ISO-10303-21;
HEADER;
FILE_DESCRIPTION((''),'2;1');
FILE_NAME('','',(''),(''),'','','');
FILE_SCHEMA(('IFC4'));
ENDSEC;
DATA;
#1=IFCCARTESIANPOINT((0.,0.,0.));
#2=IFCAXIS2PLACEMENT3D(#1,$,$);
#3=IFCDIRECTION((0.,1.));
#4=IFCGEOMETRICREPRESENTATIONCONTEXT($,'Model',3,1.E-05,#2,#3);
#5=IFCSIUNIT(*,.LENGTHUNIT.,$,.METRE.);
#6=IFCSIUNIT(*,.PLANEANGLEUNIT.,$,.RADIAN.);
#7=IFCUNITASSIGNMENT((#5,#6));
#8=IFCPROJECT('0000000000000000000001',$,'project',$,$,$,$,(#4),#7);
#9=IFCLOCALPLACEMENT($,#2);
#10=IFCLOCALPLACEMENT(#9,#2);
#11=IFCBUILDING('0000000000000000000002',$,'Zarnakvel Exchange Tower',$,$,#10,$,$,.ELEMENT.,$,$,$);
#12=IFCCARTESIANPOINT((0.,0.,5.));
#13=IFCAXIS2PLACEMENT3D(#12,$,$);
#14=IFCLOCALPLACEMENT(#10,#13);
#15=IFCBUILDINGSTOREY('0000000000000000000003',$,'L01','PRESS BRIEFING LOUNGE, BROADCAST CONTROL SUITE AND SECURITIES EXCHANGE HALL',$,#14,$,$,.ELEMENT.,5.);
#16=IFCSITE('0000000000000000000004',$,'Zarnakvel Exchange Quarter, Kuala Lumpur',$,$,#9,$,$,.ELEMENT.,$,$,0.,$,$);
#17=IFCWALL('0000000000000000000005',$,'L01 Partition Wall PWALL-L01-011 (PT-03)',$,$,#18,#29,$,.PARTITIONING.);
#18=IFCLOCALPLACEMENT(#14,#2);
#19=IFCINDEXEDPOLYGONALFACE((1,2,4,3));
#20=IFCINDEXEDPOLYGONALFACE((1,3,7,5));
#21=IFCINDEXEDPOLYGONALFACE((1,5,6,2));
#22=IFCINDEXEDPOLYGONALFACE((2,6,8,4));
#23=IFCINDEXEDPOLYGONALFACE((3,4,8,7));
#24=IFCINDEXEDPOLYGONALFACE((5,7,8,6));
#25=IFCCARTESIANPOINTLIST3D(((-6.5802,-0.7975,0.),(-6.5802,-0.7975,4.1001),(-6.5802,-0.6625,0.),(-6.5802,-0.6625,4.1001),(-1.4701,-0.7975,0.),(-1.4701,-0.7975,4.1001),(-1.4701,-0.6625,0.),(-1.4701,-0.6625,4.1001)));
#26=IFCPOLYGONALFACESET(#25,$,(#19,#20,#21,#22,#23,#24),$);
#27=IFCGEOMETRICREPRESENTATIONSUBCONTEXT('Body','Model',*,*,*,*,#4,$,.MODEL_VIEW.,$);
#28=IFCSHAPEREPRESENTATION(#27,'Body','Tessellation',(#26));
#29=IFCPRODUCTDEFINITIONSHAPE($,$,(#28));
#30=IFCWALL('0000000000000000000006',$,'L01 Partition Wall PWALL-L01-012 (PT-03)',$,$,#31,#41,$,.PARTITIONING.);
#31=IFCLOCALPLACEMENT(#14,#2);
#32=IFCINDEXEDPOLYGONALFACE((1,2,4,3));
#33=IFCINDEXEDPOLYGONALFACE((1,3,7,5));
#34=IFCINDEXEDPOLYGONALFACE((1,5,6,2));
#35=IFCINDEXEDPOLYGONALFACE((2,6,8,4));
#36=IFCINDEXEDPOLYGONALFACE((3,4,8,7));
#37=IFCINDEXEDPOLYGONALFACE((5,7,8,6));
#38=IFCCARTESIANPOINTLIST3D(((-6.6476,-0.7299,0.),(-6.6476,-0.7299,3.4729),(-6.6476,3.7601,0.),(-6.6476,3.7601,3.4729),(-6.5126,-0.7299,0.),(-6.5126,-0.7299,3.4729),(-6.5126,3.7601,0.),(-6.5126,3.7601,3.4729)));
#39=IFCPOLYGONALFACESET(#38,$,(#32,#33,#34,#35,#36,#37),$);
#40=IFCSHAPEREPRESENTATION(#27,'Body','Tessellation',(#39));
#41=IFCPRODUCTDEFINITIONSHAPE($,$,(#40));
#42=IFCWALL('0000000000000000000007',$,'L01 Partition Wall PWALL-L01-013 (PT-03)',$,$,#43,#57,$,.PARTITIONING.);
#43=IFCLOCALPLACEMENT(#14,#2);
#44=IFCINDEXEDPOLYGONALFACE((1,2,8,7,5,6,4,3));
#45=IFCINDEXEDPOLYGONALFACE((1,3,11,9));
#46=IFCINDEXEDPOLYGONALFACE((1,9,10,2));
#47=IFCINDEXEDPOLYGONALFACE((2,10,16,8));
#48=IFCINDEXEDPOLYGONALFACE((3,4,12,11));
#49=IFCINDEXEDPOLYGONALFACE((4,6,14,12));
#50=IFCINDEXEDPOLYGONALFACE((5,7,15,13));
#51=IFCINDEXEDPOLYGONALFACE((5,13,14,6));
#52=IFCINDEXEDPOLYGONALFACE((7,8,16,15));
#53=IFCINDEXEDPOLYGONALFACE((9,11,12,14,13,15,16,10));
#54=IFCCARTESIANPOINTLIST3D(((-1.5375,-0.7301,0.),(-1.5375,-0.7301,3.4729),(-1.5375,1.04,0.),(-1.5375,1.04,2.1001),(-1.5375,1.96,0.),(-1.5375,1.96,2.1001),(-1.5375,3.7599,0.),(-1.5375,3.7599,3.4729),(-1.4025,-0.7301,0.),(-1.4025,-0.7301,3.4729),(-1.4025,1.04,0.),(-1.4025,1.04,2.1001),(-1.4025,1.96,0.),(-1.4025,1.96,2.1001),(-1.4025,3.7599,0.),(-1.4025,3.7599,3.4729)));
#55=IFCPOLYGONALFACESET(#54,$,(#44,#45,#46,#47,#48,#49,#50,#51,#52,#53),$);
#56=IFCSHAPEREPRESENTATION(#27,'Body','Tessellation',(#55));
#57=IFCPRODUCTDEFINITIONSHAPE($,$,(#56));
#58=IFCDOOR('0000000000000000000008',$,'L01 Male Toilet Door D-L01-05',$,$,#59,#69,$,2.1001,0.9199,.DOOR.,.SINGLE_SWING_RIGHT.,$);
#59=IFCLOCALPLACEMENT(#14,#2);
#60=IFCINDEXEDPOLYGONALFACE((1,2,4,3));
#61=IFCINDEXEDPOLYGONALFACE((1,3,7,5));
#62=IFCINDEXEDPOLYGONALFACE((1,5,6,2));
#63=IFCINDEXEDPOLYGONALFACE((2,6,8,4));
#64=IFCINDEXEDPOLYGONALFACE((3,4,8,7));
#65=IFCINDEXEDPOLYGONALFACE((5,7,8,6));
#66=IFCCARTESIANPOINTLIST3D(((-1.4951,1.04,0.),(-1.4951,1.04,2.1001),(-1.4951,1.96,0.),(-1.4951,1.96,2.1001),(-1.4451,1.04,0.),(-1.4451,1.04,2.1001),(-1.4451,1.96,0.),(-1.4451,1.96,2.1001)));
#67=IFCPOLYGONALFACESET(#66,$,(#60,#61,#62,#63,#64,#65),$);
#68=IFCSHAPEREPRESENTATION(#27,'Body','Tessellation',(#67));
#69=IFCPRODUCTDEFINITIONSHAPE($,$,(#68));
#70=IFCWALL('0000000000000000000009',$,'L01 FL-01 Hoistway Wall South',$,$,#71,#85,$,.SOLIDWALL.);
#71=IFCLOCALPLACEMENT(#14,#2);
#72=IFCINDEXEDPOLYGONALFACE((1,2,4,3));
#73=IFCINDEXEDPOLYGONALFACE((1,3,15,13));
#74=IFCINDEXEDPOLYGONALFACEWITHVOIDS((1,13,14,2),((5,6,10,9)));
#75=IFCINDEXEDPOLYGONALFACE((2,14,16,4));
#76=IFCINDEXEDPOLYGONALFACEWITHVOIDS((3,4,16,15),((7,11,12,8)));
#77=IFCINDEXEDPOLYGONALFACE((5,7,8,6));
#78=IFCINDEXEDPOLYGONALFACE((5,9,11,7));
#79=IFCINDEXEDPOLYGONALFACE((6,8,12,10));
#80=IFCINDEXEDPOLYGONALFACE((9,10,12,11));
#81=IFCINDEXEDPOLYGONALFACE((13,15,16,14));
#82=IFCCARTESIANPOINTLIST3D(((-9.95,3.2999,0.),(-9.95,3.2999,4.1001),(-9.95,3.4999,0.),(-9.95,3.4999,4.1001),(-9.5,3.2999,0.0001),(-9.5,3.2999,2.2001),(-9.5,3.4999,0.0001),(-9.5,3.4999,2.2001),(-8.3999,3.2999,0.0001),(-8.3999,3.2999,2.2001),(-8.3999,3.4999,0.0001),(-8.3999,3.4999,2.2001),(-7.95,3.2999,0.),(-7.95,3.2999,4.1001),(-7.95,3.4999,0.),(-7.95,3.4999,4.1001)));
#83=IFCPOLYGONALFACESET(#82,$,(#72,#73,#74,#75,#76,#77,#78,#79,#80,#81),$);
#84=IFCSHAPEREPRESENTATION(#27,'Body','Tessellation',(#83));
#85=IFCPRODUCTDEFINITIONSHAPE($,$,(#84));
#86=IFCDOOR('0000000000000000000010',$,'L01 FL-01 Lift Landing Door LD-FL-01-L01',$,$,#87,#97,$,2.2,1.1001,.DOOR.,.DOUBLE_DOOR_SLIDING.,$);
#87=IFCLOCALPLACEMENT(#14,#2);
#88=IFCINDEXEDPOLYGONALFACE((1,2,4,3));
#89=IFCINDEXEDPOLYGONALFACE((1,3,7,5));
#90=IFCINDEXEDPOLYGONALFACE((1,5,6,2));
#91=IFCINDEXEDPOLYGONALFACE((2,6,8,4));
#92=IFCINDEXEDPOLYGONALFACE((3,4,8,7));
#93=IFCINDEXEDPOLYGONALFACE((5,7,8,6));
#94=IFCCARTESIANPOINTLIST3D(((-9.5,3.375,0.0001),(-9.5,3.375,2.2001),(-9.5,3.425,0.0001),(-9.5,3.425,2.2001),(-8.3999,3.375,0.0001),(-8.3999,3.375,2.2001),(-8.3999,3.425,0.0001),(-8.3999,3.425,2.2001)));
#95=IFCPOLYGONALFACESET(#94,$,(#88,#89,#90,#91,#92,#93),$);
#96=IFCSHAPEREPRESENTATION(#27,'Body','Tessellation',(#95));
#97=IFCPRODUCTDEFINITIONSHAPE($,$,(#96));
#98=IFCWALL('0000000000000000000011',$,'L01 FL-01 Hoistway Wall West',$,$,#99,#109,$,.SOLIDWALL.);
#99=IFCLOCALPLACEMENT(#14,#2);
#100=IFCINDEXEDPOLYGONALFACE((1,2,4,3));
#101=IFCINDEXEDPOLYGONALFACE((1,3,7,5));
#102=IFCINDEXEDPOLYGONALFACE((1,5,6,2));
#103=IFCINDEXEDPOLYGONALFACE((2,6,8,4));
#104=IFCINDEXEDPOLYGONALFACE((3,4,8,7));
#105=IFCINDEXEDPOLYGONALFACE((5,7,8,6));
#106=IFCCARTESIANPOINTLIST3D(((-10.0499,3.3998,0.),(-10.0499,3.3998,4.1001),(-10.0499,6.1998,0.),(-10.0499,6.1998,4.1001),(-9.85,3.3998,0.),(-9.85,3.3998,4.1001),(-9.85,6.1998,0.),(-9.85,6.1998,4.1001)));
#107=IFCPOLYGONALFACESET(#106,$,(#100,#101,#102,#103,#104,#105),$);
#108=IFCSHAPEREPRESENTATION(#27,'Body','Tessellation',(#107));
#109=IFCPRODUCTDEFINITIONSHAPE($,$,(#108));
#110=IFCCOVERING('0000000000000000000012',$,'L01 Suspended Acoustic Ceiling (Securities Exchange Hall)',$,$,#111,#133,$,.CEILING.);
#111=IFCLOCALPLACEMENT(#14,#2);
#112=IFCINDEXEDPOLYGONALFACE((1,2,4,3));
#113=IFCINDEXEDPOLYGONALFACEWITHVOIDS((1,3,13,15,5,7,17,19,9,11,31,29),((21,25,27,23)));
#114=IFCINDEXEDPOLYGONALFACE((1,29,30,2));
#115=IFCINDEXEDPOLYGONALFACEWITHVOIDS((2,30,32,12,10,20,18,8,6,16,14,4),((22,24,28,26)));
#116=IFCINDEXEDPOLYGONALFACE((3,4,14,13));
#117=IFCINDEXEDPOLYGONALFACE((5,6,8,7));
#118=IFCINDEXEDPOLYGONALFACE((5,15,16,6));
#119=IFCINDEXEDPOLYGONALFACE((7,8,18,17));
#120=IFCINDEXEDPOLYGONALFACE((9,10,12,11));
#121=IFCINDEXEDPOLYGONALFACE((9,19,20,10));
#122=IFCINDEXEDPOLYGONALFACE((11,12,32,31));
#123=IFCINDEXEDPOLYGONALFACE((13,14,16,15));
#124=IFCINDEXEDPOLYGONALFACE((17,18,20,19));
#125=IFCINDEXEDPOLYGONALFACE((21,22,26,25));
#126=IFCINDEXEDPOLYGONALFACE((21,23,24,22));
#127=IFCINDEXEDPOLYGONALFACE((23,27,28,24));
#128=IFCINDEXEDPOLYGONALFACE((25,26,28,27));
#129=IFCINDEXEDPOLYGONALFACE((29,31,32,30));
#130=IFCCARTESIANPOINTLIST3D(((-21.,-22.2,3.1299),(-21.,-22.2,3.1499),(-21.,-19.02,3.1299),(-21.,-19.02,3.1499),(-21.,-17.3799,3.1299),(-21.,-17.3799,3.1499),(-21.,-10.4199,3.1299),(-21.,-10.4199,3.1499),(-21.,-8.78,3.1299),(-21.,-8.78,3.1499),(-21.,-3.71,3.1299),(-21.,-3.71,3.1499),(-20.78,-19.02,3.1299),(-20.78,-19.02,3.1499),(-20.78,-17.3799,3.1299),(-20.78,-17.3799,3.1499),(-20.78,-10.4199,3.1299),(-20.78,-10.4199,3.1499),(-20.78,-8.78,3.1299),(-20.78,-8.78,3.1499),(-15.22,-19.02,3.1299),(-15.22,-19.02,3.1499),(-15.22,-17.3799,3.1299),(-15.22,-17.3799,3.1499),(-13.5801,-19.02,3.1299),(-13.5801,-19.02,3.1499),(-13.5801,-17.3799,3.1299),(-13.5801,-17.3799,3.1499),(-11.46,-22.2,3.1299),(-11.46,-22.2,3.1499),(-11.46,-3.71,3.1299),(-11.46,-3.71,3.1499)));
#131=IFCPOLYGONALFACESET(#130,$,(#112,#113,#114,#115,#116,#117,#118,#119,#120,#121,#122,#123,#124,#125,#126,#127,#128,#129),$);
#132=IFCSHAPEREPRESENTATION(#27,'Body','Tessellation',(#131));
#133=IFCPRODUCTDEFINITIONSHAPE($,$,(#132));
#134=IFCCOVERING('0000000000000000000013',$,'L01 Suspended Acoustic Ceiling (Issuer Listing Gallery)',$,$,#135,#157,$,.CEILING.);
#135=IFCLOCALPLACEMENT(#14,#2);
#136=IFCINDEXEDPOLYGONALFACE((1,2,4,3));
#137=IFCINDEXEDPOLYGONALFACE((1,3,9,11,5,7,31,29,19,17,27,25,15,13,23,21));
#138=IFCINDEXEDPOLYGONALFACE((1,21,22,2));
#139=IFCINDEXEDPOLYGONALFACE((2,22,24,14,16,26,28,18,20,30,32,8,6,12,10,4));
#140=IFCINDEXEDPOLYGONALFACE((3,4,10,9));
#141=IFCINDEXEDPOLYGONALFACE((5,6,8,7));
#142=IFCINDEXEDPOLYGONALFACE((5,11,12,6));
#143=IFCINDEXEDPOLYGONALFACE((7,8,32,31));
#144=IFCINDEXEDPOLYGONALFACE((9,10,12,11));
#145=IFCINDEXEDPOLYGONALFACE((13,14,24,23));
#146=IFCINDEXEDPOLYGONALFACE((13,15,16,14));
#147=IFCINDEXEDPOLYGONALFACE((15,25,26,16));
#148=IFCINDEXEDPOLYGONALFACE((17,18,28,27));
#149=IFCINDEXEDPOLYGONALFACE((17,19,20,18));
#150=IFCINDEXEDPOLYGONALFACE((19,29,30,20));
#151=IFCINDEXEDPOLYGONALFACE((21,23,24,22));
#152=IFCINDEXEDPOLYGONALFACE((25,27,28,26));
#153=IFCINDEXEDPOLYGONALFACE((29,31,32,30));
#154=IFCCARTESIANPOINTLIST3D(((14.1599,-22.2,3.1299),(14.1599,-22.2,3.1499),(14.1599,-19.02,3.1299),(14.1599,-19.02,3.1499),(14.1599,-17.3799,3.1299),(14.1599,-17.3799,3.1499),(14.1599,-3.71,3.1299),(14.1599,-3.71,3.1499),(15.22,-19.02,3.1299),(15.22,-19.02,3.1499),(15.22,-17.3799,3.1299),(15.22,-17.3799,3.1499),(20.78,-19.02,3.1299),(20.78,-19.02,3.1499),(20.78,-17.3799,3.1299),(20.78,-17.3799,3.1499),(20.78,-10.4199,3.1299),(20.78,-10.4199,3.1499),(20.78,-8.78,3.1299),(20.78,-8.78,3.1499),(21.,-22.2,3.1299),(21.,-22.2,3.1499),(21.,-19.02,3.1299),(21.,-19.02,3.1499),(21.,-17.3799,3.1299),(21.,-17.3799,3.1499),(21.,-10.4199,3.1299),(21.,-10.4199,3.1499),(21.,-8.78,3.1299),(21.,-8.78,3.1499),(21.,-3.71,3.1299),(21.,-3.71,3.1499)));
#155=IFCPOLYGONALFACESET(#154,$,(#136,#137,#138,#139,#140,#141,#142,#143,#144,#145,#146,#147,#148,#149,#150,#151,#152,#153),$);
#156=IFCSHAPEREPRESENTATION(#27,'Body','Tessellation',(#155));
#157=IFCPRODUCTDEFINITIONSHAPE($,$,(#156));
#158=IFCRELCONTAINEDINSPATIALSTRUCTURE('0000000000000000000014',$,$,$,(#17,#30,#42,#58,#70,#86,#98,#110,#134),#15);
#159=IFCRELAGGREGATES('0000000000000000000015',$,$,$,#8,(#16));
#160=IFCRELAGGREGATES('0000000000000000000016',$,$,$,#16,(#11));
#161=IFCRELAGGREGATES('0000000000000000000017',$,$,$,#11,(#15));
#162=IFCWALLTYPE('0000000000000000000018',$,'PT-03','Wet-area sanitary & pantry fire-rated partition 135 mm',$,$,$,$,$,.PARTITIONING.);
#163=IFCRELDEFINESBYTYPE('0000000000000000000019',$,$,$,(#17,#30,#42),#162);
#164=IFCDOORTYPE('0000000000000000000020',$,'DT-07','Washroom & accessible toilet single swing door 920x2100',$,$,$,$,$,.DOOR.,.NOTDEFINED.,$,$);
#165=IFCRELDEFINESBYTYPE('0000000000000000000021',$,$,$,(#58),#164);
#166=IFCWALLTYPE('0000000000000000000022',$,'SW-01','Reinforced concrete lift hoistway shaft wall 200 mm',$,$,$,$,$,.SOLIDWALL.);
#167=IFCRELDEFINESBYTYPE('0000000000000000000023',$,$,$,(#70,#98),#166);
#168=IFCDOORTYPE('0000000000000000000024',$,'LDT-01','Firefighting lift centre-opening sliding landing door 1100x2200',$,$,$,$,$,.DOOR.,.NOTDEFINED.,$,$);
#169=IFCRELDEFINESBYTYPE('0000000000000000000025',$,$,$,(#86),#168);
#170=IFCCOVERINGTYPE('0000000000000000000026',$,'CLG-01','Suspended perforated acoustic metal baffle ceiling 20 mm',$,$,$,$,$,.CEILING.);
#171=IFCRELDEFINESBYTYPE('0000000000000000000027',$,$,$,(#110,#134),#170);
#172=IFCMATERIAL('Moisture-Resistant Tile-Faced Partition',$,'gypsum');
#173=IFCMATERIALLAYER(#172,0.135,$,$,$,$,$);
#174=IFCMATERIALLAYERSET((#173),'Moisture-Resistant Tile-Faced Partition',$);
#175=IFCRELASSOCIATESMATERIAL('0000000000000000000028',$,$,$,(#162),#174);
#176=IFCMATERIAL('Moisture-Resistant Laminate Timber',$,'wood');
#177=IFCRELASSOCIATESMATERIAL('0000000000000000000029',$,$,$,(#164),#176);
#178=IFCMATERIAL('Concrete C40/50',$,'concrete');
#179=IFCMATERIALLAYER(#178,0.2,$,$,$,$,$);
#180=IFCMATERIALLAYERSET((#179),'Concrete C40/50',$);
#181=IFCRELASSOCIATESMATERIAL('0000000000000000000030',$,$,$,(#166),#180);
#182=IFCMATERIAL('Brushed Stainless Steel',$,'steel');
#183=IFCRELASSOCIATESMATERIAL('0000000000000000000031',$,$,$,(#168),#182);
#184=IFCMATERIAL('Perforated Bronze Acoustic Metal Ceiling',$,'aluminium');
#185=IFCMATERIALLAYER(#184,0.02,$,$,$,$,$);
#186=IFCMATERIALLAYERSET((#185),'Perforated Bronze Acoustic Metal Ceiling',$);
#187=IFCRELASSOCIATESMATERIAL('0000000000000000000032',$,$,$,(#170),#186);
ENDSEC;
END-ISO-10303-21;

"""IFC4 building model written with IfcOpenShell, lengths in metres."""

from ifc_helpers import new_model, si_unit, direction, frame, frame_2d, origin, place, context, subcontext, project, spatial, polyline, rectangle, outline, extrude, source, transform, mapped, material, layer, layer_set, type_object, element, fill, save


model = new_model("IFC4")

# Units and contexts
model_context = context("Model", 3, precision=1e-05, world=origin(), true_north=direction((0.0, 1.0)))
body_context = subcontext(model_context, "Body", "Model", "MODEL_VIEW")
ifc_project = project(units=[si_unit("LENGTHUNIT", "METRE"), si_unit("PLANEANGLEUNIT", "RADIAN")], contexts=[model_context])

# Site, building, storey
site_placement = place(None, origin())
site = spatial("IfcSite", under=ifc_project, at=site_placement, Name="Zarnakvel Exchange Quarter, Kuala Lumpur", CompositionType="ELEMENT", RefElevation=0.0)
building_placement = place(site_placement, origin())
building = spatial("IfcBuilding", under=site, at=building_placement, Name="Zarnakvel Exchange Tower", CompositionType="ELEMENT")
storey_placement = place(building_placement, frame((0.0, 0.0, 5.0)))
storey = spatial("IfcBuildingStorey", under=building, at=storey_placement, Name="L01", Description="PRESS BRIEFING LOUNGE, BROADCAST CONTROL SUITE AND SECURITIES EXCHANGE HALL", CompositionType="ELEMENT", Elevation=5.0)

# Shared definitions
ifc_material_1 = material(Name="Concrete C40/50", Category="concrete")

# Walls
ifc_material_2 = material(Name="Moisture-Resistant Tile-Faced Partition", Category="gypsum")
ifc_layer_1 = layer(ifc_material_2, 0.135)
ifc_layer_set_1 = layer_set([ifc_layer_1], Name="Moisture-Resistant Tile-Faced Partition")
wall_type_1 = type_object("IfcWallType", Name="PT-03", Description="Wet-area sanitary & pantry fire-rated partition 135 mm", PredefinedType="PARTITIONING", material=ifc_layer_set_1)
wall_1_placement = place(storey_placement, frame((-1.47, -0.73, 0.0), z_axis=(0.0, 0.0, 1.0), x_axis=(-1.0, 0.0, 0.0)))
element("IfcWall", 1, at=wall_1_placement, inside=storey, type_object=wall_type_1, Name="L01 Partition Wall PWALL-L01-011 (PT-03)", PredefinedType="PARTITIONING", context=body_context, shape_type="SweptSolid", body=[
    extrude(rectangle(XDim=5.1101, YDim=0.135, at=frame_2d((2.5552, 0.0))), origin(), (0.0, 0.0, 1.0), 4.1001),
])
wall_2_placement = place(storey_placement, frame((-6.5801, -0.73, 0.0), z_axis=(0.0, 0.0, 1.0), x_axis=(0.0, 1.0, 0.0)))
element("IfcWall", 2, at=wall_2_placement, inside=storey, type_object=wall_type_1, Name="L01 Partition Wall PWALL-L01-012 (PT-03)", PredefinedType="PARTITIONING", context=body_context, shape_type="SweptSolid", body=[
    extrude(rectangle(XDim=4.49, YDim=0.135, at=frame_2d((2.2451, 0.0))), origin(), (0.0, 0.0, 1.0), 3.4729),
])

# Walls, openings, doors
wall_3_placement = place(storey_placement, frame((-1.47, 3.76, 0.0), z_axis=(0.0, 0.0, 1.0), x_axis=(0.0, -1.0, 0.0)))
wall_3 = element("IfcWall", 3, at=wall_3_placement, inside=storey, type_object=wall_type_1, Name="L01 Partition Wall PWALL-L01-013 (PT-03)", PredefinedType="PARTITIONING", context=body_context, shape_type="SweptSolid", body=[
    extrude(rectangle(XDim=4.49, YDim=0.135, at=frame_2d((2.2451, 0.0))), origin(), (0.0, 0.0, 1.0), 3.4729),
])
opening_1_placement = place(wall_3_placement, frame((1.8, 0.0, 0.0)))
opening_1 = element("IfcOpeningElement", 4, at=opening_1_placement, cuts=wall_3, PredefinedType="OPENING", context=body_context, shape_type="SweptSolid", body=[
    extrude(rectangle(XDim=0.9199, YDim=2.1001, at=frame_2d((0.46, 1.05))), frame((0.0, 0.0774, 0.0), z_axis=(0.0, -1.0, 0.0), x_axis=(1.0, 0.0, 0.0)), (0.0, 0.0, 1.0), 0.155),
])
ifc_material_3 = material(Name="Moisture-Resistant Laminate Timber", Category="wood")
door_type_1 = type_object("IfcDoorType", Name="DT-07", Description="Washroom & accessible toilet single swing door 920x2100", OperationType="NOTDEFINED", PredefinedType="DOOR", material=ifc_material_3)
shared_shape_1 = source(origin(), body_context, "Body", "SweptSolid", [
    extrude(rectangle(XDim=0.9199, YDim=2.1001, at=frame_2d((0.46, 1.05))), frame((0.0, 0.0249, 0.0), z_axis=(0.0, -1.0, 0.0), x_axis=(1.0, 0.0, 0.0)), (0.0, 0.0, 1.0), 0.05),
])
door_1_placement = place(opening_1_placement, origin())
door_1 = element("IfcDoor", 5, at=door_1_placement, inside=storey, type_object=door_type_1, Name="L01 Male Toilet Door D-L01-05", OperationType="SINGLE_SWING_RIGHT", OverallHeight=2.1001, OverallWidth=0.9199, PredefinedType="DOOR", context=body_context, shape_type="MappedRepresentation", body=[
    mapped(shared_shape_1, transform((0.0, 0.0, 0.0), x_axis=(1.0, 0.0, 0.0), y_axis=(0.0, 1.0, 0.0), z_axis=(0.0, 0.0, 1.0), scale=1.0)),
])
fill(opening_1, door_1)
ifc_layer_2 = layer(ifc_material_1, 0.2)
ifc_layer_set_2 = layer_set([ifc_layer_2], Name="Concrete C40/50")
wall_type_2 = type_object("IfcWallType", Name="SW-01", Description="Reinforced concrete lift hoistway shaft wall 200 mm", PredefinedType="SOLIDWALL", material=ifc_layer_set_2)
wall_4_placement = place(storey_placement, frame((-7.95, 3.3999, 0.0), z_axis=(0.0, 0.0, 1.0), x_axis=(-1.0, 0.0, 0.0)))
wall_4 = element("IfcWall", 6, at=wall_4_placement, inside=storey, type_object=wall_type_2, Name="L01 FL-01 Hoistway Wall South", PredefinedType="SOLIDWALL", context=body_context, shape_type="SweptSolid", body=[
    extrude(rectangle(XDim=2.0, YDim=0.2, at=frame_2d((1.0, 0.0))), origin(), (0.0, 0.0, 1.0), 4.1001),
])
opening_2_placement = place(wall_4_placement, frame((0.45, 0.0, 0.0)))
opening_2 = element("IfcOpeningElement", 7, at=opening_2_placement, cuts=wall_4, PredefinedType="OPENING", context=body_context, shape_type="SweptSolid", body=[
    extrude(rectangle(XDim=1.1001, YDim=2.2, at=frame_2d((0.55, 1.1001))), frame((0.0, 0.1099, 0.0), z_axis=(0.0, -1.0, 0.0), x_axis=(1.0, 0.0, 0.0)), (0.0, 0.0, 1.0), 0.22),
])
ifc_material_4 = material(Name="Brushed Stainless Steel", Category="steel")
door_type_2 = type_object("IfcDoorType", Name="LDT-01", Description="Firefighting lift centre-opening sliding landing door 1100x2200", OperationType="NOTDEFINED", PredefinedType="DOOR", material=ifc_material_4)
shared_shape_2 = source(origin(), body_context, "Body", "SweptSolid", [
    extrude(rectangle(XDim=1.1001, YDim=2.2, at=frame_2d((0.55, 1.1001))), frame((0.0, 0.0249, 0.0), z_axis=(0.0, -1.0, 0.0), x_axis=(1.0, 0.0, 0.0)), (0.0, 0.0, 1.0), 0.05),
])
door_2_placement = place(opening_2_placement, origin())
door_2 = element("IfcDoor", 8, at=door_2_placement, inside=storey, type_object=door_type_2, Name="L01 FL-01 Lift Landing Door LD-FL-01-L01", OperationType="DOUBLE_DOOR_SLIDING", OverallHeight=2.2, OverallWidth=1.1001, PredefinedType="DOOR", context=body_context, shape_type="MappedRepresentation", body=[
    mapped(shared_shape_2, transform((0.0, 0.0, 0.0), x_axis=(1.0, 0.0, 0.0), y_axis=(0.0, 1.0, 0.0), z_axis=(0.0, 0.0, 1.0), scale=1.0)),
])
fill(opening_2, door_2)

# Wall
wall_5_placement = place(storey_placement, frame((-9.95, 3.3999, 0.0), z_axis=(0.0, 0.0, 1.0), x_axis=(0.0, 1.0, 0.0)))
element("IfcWall", 9, at=wall_5_placement, inside=storey, type_object=wall_type_2, Name="L01 FL-01 Hoistway Wall West", PredefinedType="SOLIDWALL", context=body_context, shape_type="SweptSolid", body=[
    extrude(rectangle(XDim=2.8, YDim=0.2, at=frame_2d((1.3999, 0.0))), origin(), (0.0, 0.0, 1.0), 4.1001),
])

# Coverings
ifc_material_5 = material(Name="Perforated Bronze Acoustic Metal Ceiling", Category="aluminium")
ifc_layer_3 = layer(ifc_material_5, 0.02)
ifc_layer_set_3 = layer_set([ifc_layer_3], Name="Perforated Bronze Acoustic Metal Ceiling")
covering_type_1 = type_object("IfcCoveringType", Name="CLG-01", Description="Suspended perforated acoustic metal baffle ceiling 20 mm", PredefinedType="CEILING", material=ifc_layer_set_3)
covering_1_placement = place(storey_placement, frame((0.0, 0.0, 3.1299)))
element("IfcCovering", 10, at=covering_1_placement, inside=storey, type_object=covering_type_1, Name="L01 Suspended Acoustic Ceiling (Securities Exchange Hall)", PredefinedType="CEILING", context=body_context, shape_type="SweptSolid", body=[
    extrude(outline(polyline([(-11.46, -3.71), (-11.46, -22.2), (-21.0, -22.2), (-21.0, -19.02), (-20.78, -19.02), (-20.78, -17.3799), (-21.0, -17.3799), (-21.0, -10.4199), (-20.78, -10.4199), (-20.78, -8.78), (-21.0, -8.78), (-21.0, -3.71), (-11.46, -3.71)]), holes=[polyline([(-13.5801, -19.02), (-13.5801, -17.3799), (-15.22, -17.3799), (-15.22, -19.02), (-13.5801, -19.02)])]), origin(), (0.0, 0.0, 1.0), 0.02),
])
covering_2_placement = place(storey_placement, frame((0.0, 0.0, 3.1299)))
element("IfcCovering", 11, at=covering_2_placement, inside=storey, type_object=covering_type_1, Name="L01 Suspended Acoustic Ceiling (Issuer Listing Gallery)", PredefinedType="CEILING", context=body_context, shape_type="SweptSolid", body=[
    extrude(outline(polyline([(21.0, -3.71), (21.0, -8.78), (20.78, -8.78), (20.78, -10.4199), (21.0, -10.4199), (21.0, -17.3799), (20.78, -17.3799), (20.78, -19.02), (21.0, -19.02), (21.0, -22.2), (14.1599, -22.2), (14.1599, -19.02), (15.22, -19.02), (15.22, -17.3799), (14.1599, -17.3799), (14.1599, -3.71), (21.0, -3.71)])), origin(), (0.0, 0.0, 1.0), 0.02),
])

save(model, "model.ifc")
